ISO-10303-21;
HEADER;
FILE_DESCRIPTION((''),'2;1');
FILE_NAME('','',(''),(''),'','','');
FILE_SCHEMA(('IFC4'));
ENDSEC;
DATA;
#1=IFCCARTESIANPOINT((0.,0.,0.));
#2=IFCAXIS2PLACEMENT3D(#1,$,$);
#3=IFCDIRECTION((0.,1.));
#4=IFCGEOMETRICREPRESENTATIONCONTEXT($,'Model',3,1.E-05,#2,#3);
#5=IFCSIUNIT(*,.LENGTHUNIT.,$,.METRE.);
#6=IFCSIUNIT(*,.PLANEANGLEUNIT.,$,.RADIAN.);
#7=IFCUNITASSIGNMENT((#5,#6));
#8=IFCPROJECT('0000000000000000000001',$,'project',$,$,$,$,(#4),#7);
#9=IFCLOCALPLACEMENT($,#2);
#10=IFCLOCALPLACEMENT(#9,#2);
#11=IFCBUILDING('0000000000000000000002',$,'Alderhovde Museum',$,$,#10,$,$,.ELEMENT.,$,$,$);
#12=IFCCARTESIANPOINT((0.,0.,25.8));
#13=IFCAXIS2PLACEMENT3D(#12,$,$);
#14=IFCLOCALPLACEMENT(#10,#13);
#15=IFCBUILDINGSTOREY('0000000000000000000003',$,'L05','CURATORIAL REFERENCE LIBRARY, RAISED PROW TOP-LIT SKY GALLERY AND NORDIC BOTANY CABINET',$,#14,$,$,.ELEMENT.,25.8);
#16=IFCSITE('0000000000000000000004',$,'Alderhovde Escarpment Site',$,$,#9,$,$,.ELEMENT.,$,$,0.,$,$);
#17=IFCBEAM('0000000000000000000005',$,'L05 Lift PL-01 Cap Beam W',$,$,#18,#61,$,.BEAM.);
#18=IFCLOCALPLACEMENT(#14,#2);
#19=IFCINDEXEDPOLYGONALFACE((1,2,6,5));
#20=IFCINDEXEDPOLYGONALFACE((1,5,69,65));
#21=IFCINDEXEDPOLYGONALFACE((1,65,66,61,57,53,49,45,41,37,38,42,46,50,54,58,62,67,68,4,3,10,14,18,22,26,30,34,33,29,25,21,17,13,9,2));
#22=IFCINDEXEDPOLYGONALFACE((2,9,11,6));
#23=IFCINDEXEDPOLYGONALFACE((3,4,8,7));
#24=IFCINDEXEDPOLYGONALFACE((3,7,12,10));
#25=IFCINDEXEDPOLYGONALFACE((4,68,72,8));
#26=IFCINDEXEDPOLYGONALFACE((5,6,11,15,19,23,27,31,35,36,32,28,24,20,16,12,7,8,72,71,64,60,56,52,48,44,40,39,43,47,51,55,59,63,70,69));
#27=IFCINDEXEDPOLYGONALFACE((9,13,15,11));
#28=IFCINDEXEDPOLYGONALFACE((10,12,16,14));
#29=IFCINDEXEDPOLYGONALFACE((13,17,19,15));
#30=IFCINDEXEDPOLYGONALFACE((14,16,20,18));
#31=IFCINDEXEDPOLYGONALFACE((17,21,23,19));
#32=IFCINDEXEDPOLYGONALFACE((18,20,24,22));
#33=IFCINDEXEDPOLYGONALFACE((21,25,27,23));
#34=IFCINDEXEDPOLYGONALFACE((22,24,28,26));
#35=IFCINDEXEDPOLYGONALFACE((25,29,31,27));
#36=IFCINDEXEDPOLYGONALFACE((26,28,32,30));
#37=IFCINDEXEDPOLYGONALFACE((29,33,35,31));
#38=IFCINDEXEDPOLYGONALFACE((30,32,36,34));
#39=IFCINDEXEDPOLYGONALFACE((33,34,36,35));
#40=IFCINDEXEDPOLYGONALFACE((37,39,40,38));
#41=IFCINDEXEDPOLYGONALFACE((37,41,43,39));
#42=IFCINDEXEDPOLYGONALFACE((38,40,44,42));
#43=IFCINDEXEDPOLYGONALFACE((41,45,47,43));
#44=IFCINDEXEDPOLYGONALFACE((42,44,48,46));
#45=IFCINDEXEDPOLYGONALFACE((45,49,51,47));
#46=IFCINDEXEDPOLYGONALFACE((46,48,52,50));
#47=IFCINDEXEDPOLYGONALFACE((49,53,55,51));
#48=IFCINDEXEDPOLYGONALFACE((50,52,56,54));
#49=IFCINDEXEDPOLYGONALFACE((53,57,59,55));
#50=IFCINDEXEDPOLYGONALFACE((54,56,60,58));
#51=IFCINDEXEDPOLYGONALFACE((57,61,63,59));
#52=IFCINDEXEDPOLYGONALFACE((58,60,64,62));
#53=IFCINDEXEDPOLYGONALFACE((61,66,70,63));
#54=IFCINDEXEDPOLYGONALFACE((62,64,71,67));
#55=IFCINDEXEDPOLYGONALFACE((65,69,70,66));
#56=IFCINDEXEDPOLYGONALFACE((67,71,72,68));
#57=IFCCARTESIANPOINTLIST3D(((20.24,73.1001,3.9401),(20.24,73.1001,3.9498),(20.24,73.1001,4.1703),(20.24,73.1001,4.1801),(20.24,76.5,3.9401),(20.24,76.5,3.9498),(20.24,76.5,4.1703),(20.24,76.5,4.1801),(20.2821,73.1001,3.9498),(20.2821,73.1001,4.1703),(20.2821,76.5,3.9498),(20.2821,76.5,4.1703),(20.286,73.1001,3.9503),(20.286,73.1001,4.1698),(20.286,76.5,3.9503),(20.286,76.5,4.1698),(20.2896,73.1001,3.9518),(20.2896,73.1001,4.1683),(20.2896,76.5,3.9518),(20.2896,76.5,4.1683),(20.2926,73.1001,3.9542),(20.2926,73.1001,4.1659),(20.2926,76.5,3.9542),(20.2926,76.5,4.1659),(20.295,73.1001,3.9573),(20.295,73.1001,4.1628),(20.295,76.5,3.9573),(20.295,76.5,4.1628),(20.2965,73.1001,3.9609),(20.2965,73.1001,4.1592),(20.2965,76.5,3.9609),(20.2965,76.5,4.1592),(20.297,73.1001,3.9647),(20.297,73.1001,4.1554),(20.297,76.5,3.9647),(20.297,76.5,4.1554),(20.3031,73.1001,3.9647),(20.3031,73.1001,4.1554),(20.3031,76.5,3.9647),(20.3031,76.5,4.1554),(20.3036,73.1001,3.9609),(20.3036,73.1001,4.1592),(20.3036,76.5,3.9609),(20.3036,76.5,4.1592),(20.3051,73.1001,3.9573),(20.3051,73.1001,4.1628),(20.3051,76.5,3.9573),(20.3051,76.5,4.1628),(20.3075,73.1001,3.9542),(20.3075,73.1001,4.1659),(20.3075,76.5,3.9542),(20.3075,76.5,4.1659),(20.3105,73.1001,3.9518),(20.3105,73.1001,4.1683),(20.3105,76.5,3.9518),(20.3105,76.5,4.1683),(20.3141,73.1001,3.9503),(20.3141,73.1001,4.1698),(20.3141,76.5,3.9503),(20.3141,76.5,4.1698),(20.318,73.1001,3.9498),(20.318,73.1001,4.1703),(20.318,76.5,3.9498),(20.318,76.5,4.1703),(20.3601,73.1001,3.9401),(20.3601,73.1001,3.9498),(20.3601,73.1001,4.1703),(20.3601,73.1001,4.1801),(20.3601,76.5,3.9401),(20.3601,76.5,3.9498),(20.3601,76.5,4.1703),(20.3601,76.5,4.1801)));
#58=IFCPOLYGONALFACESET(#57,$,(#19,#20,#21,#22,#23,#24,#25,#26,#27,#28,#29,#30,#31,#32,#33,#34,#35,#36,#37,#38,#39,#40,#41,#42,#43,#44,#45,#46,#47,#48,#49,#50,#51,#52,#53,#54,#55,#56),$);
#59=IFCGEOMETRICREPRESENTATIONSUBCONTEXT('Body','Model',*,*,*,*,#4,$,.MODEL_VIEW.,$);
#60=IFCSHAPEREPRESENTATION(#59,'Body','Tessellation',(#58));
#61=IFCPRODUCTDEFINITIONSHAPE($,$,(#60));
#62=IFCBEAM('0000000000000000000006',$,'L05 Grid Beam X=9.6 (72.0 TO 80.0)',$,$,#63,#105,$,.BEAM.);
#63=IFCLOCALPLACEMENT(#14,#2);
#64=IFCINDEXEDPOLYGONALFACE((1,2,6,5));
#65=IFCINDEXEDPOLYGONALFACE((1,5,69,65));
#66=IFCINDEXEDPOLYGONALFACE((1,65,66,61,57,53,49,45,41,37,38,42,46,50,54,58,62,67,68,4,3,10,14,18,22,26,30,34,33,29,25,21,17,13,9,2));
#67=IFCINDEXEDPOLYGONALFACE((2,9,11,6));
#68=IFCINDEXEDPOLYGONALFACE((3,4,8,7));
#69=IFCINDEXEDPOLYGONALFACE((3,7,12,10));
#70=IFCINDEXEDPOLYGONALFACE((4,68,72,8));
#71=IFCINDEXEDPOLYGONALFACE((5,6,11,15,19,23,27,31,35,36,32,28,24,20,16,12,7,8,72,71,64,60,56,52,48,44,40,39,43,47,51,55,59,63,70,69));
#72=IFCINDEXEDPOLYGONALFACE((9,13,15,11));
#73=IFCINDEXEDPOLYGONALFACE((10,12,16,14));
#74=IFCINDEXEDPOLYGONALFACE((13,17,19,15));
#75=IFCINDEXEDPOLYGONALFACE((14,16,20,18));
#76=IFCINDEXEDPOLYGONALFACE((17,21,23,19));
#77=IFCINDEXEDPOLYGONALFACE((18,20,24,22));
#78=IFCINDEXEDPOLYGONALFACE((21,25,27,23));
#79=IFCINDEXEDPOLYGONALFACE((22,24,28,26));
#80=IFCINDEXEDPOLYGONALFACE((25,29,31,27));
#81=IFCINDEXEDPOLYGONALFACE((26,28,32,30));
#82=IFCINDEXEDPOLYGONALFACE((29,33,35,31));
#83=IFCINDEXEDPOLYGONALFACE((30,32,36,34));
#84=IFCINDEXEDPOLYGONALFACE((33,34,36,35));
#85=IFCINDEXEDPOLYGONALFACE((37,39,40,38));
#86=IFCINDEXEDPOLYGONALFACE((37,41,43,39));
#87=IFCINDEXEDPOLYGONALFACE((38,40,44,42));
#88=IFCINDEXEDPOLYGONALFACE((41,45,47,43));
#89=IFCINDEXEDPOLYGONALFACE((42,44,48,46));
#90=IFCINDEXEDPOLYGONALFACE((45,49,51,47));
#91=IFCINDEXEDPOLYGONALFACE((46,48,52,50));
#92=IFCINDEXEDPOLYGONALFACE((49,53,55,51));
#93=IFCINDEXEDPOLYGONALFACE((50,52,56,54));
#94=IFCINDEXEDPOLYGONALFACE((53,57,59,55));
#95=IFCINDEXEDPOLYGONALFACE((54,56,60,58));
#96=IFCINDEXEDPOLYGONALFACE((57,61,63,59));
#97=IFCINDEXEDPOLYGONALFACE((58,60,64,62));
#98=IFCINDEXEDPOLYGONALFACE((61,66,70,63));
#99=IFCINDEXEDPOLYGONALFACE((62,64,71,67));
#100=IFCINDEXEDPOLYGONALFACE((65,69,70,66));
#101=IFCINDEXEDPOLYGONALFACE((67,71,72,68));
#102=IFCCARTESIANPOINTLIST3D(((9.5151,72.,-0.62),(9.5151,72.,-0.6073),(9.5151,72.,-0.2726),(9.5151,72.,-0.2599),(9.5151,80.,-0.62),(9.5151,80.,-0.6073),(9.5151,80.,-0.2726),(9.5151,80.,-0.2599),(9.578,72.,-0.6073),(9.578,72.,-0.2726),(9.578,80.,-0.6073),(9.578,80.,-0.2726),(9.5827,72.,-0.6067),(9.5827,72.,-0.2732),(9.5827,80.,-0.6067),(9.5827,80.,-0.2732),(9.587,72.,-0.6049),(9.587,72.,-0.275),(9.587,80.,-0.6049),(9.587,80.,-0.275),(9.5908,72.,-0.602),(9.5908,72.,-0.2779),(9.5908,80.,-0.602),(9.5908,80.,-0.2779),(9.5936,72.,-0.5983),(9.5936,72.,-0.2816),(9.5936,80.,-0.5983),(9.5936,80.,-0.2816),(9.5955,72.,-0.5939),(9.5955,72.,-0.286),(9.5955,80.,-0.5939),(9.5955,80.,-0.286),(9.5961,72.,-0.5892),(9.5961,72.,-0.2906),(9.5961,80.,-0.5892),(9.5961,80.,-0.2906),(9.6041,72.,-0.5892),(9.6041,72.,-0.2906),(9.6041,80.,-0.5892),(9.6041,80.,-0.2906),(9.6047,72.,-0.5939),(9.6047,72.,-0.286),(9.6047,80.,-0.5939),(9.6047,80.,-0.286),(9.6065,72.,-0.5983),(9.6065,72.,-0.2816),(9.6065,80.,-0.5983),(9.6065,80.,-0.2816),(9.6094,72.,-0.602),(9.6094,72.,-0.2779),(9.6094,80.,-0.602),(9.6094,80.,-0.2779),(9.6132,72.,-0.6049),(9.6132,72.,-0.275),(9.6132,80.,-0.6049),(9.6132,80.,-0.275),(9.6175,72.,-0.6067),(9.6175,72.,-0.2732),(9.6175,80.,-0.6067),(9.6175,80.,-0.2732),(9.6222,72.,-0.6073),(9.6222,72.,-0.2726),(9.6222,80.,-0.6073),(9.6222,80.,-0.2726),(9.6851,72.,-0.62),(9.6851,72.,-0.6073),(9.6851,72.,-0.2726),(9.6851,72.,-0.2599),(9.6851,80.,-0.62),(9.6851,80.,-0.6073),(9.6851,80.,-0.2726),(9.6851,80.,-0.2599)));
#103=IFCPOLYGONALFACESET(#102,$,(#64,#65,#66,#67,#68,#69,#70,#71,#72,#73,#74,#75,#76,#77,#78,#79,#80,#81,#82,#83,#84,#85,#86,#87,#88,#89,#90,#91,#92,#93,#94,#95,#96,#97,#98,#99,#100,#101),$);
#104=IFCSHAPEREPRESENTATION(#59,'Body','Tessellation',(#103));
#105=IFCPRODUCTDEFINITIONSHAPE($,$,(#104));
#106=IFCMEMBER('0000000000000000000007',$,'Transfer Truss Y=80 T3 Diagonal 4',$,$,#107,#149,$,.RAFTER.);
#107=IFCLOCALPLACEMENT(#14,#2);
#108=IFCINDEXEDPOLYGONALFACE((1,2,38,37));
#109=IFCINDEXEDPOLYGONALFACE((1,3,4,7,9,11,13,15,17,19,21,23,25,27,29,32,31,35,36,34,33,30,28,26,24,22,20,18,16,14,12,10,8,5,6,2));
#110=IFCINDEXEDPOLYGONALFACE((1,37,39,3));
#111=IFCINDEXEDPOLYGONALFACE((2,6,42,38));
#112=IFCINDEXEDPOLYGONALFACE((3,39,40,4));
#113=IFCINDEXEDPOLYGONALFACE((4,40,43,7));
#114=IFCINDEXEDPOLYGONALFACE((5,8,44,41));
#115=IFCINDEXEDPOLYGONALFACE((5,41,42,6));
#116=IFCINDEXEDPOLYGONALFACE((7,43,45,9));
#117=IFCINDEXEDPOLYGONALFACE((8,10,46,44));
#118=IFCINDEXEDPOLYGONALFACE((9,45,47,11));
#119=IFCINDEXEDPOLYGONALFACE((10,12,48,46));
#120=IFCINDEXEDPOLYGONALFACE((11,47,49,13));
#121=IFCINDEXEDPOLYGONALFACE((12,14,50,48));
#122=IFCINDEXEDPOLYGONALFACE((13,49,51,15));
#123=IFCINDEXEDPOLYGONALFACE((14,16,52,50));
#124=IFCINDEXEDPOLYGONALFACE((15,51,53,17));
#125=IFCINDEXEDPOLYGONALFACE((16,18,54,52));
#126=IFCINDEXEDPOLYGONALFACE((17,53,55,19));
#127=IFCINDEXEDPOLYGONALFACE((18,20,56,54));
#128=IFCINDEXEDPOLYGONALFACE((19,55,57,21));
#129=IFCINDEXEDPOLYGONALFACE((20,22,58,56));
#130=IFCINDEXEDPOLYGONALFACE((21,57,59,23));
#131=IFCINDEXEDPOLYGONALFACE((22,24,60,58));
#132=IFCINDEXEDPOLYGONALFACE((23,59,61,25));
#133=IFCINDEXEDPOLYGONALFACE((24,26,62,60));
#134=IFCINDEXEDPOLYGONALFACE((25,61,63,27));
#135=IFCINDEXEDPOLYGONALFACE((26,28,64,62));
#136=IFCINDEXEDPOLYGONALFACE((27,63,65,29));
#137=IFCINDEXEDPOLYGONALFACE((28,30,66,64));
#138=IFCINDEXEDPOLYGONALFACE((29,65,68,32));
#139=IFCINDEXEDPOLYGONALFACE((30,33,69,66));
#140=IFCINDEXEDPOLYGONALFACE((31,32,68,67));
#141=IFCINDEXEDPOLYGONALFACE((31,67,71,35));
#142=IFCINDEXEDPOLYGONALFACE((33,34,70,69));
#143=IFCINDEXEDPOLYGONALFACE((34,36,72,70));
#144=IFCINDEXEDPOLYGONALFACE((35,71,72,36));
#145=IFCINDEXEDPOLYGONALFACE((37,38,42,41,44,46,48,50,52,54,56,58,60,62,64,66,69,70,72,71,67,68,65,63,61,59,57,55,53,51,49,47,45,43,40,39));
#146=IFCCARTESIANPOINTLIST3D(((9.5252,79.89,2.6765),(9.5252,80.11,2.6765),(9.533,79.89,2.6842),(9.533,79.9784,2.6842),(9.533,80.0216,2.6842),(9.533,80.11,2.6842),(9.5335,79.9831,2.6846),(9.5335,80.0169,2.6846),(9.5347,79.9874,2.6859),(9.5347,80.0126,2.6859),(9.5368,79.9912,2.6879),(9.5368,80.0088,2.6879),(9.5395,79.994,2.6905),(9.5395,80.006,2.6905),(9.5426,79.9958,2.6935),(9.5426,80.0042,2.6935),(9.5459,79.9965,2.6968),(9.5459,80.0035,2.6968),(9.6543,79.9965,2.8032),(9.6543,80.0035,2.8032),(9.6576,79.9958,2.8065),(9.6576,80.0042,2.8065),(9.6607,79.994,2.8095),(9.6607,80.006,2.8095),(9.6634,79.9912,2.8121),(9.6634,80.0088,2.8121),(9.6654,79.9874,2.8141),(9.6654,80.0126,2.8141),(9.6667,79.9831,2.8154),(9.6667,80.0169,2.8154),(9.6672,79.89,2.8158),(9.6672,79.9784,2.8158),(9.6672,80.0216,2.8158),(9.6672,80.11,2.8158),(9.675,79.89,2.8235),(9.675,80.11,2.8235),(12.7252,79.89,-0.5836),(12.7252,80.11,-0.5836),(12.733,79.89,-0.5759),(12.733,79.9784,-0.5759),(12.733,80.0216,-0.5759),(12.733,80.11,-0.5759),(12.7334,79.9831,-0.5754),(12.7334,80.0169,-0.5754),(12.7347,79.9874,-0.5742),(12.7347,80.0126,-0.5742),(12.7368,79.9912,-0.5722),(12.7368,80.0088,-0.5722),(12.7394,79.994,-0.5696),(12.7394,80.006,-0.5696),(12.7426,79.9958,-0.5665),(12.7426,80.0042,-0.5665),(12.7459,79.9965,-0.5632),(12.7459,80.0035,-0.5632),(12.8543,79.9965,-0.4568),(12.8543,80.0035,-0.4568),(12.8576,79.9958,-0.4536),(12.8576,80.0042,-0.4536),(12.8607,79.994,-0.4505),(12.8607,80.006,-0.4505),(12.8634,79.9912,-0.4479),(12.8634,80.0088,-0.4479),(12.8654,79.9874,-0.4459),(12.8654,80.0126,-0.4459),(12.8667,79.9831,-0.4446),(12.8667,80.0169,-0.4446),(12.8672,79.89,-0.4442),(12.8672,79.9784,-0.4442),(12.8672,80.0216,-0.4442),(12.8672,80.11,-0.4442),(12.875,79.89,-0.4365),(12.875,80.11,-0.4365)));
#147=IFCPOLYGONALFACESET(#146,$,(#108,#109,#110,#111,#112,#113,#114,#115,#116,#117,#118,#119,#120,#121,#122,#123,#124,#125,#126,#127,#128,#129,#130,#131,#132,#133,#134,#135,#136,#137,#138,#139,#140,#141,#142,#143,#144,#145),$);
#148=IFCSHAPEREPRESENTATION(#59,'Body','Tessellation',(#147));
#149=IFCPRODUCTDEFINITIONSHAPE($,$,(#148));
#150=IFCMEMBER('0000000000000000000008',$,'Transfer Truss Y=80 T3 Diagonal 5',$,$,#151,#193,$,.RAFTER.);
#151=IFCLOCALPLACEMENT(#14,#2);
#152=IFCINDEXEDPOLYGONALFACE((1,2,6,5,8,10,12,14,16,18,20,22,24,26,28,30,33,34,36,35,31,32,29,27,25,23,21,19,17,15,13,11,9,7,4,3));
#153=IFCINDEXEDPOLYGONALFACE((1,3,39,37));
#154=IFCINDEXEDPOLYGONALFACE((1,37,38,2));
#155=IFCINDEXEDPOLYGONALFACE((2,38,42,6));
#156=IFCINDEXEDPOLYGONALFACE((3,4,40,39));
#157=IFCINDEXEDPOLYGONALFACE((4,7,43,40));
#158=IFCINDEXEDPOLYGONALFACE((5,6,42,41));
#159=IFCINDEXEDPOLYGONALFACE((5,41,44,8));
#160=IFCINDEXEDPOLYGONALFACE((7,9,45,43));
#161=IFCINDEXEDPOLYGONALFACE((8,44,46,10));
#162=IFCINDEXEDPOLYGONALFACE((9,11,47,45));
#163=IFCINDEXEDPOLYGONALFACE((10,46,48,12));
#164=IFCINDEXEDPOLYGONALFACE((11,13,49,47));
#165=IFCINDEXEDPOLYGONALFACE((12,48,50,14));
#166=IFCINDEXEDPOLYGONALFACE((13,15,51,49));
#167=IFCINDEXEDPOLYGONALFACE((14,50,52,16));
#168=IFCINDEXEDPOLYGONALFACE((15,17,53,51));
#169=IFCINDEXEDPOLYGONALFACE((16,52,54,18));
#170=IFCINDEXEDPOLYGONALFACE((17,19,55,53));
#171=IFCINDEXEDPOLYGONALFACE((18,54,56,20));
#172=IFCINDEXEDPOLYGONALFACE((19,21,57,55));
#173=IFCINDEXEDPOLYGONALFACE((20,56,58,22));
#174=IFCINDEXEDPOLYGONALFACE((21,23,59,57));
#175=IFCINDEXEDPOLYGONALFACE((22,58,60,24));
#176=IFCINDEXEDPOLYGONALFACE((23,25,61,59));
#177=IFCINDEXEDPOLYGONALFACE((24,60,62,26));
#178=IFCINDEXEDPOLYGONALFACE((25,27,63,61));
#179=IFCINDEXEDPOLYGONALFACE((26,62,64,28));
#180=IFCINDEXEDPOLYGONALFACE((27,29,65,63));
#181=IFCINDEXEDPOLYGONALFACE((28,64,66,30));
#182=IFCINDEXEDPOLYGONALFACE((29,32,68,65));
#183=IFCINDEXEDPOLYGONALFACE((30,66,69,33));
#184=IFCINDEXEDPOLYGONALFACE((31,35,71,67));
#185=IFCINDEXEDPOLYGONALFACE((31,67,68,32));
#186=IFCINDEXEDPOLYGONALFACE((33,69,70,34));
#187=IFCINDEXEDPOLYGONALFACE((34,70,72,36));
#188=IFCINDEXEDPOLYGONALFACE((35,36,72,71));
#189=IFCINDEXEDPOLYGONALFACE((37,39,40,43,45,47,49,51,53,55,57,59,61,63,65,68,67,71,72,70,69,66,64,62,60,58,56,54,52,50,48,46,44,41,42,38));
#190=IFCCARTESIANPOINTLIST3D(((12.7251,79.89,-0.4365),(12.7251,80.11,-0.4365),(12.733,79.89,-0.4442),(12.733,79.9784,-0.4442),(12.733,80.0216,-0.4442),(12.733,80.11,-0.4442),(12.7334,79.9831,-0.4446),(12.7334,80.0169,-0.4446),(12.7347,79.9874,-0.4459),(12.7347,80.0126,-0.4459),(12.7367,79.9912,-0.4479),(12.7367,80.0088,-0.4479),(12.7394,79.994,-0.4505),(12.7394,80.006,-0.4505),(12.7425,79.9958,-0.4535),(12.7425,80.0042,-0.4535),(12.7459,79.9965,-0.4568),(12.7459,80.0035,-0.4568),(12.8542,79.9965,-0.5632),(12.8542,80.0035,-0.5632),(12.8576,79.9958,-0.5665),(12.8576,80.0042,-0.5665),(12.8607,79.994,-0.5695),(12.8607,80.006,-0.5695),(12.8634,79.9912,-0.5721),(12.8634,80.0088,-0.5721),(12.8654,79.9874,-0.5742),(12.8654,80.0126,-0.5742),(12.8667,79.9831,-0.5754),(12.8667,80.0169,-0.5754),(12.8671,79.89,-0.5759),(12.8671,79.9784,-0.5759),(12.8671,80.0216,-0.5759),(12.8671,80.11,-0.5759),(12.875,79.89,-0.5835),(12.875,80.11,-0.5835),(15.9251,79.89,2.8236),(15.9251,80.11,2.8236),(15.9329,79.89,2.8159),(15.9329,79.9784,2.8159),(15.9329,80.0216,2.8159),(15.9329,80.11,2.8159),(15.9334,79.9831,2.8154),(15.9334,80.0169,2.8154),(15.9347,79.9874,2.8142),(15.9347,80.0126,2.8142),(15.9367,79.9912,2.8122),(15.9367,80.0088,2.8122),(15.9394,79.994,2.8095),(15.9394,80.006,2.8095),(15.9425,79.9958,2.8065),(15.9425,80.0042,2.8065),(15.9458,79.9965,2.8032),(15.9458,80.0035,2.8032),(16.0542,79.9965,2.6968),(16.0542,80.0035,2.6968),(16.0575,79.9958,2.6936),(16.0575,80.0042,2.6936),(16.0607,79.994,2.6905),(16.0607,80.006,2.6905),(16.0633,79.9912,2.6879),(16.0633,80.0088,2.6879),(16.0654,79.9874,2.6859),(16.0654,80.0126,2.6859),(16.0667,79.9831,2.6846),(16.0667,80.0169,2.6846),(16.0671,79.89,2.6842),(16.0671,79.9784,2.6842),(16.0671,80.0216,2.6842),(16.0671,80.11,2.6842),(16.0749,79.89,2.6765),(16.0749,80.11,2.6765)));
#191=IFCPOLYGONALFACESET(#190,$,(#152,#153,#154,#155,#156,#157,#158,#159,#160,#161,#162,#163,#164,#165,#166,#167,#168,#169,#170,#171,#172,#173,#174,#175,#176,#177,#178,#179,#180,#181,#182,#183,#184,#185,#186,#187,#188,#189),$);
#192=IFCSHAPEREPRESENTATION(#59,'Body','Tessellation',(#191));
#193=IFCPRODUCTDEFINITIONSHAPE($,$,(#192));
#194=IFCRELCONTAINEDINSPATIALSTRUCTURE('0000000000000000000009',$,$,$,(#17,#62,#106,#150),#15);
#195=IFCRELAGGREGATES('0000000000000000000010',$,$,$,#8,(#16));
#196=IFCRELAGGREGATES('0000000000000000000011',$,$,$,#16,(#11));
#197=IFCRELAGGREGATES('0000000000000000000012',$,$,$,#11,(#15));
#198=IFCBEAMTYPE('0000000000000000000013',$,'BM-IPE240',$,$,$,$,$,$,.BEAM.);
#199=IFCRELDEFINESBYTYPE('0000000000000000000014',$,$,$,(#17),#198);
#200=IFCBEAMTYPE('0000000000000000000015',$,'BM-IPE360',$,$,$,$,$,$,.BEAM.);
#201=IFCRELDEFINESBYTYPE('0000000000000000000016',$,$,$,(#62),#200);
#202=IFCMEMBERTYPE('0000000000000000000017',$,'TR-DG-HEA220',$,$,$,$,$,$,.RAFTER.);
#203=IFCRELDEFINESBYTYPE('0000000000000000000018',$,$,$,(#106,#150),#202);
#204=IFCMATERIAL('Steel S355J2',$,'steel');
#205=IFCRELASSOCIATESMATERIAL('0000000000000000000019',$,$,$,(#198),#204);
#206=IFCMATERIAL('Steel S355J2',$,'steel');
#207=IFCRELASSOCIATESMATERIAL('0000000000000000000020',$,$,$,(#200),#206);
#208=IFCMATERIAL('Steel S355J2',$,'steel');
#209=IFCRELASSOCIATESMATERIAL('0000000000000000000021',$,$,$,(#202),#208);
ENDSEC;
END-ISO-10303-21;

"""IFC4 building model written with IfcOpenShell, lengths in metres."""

from ifc_helpers import new_model, si_unit, direction, frame, origin, origin_2d, place, context, subcontext, project, spatial, i_section, extrude, material, material_profile, profile_set, type_object, element, save


model = new_model("IFC4")

# Units and contexts
model_context = context("Model", 3, precision=1e-05, world=origin(), true_north=direction((0.0, 1.0)))
body_context = subcontext(model_context, "Body", "Model", "MODEL_VIEW")
ifc_project = project(units=[si_unit("LENGTHUNIT", "METRE"), si_unit("PLANEANGLEUNIT", "RADIAN")], contexts=[model_context])

# Site, building, storey
site_placement = place(None, origin())
site = spatial("IfcSite", under=ifc_project, at=site_placement, Name="Alderhovde Escarpment Site", CompositionType="ELEMENT", RefElevation=0.0)
building_placement = place(site_placement, origin())
building = spatial("IfcBuilding", under=site, at=building_placement, Name="Alderhovde Museum", CompositionType="ELEMENT")
storey_placement = place(building_placement, frame((0.0, 0.0, 25.8)))
storey = spatial("IfcBuildingStorey", under=building, at=storey_placement, Name="L05", Description="CURATORIAL REFERENCE LIBRARY, RAISED PROW TOP-LIT SKY GALLERY AND NORDIC BOTANY CABINET", CompositionType="ELEMENT", Elevation=25.8)

# Beams
ifc_material_1 = material(Name="Steel S355J2", Category="steel")
ifc_material_profile_1 = material_profile(ifc_material_1, i_section(OverallWidth=0.1201, OverallDepth=0.24, WebThickness=0.0061, FlangeThickness=0.0098, FilletRadius=0.0149, at=origin_2d()), Name="IPE 240")
ifc_profile_set_1 = profile_set([ifc_material_profile_1], Name="Steel S355J2")
beam_type_1 = type_object("IfcBeamType", Name="BM-IPE240", PredefinedType="BEAM", material=ifc_profile_set_1)
beam_1_placement = place(storey_placement, frame((20.3, 73.1001, 4.0601), z_axis=(0.0, 1.0, 0.0), x_axis=(-1.0, 0.0, 0.0)))
element("IfcBeam", 1, at=beam_1_placement, inside=storey, type_object=beam_type_1, Name="L05 Lift PL-01 Cap Beam W", PredefinedType="BEAM", context=body_context, shape_type="SweptSolid", body=[
    extrude(i_section(OverallWidth=0.1201, OverallDepth=0.24, WebThickness=0.0061, FlangeThickness=0.0098, FilletRadius=0.0149, at=origin_2d()), origin(), (0.0, 0.0, 1.0), 3.3999),
])
ifc_material_2 = material(Name="Steel S355J2", Category="steel")
ifc_material_profile_2 = material_profile(ifc_material_2, i_section(OverallWidth=0.1699, OverallDepth=0.3601, WebThickness=0.0081, FlangeThickness=0.0127, FilletRadius=0.0181, at=origin_2d()), Name="IPE 360")
ifc_profile_set_2 = profile_set([ifc_material_profile_2], Name="Steel S355J2")
beam_type_2 = type_object("IfcBeamType", Name="BM-IPE360", PredefinedType="BEAM", material=ifc_profile_set_2)
beam_2_placement = place(storey_placement, frame((9.6001, 72.0, -0.4399), z_axis=(0.0, 1.0, 0.0), x_axis=(-1.0, 0.0, 0.0)))
element("IfcBeam", 2, at=beam_2_placement, inside=storey, type_object=beam_type_2, Name="L05 Grid Beam X=9.6 (72.0 TO 80.0)", PredefinedType="BEAM", context=body_context, shape_type="SweptSolid", body=[
    extrude(i_section(OverallWidth=0.1699, OverallDepth=0.3601, WebThickness=0.0081, FlangeThickness=0.0127, FilletRadius=0.0181, at=origin_2d()), origin(), (0.0, 0.0, 1.0), 8.0),
])

# Members
ifc_material_3 = material(Name="Steel S355J2", Category="steel")
ifc_material_profile_3 = material_profile(ifc_material_3, i_section(OverallWidth=0.22, OverallDepth=0.21, WebThickness=0.0071, FlangeThickness=0.011, FilletRadius=0.0181, at=origin_2d()), Name="HEA 220")
ifc_profile_set_3 = profile_set([ifc_material_profile_3], Name="Steel S355J2")
member_type_1 = type_object("IfcMemberType", Name="TR-DG-HEA220", PredefinedType="RAFTER", material=ifc_profile_set_3)
for number, where, z_axis, x_axis, name in (
    (3, (9.6001, 80.0, 2.75), (0.700502, 0.0, -0.71365), (0.0, 1.0, 0.0), "Transfer Truss Y=80 T3 Diagonal 4"),
    (4, (12.8, 80.0, -0.51), (0.700502, 0.0, 0.71365), (0.0, 1.0, 0.0), "Transfer Truss Y=80 T3 Diagonal 5"),
):
    element("IfcMember", number, at=place(storey_placement, frame(where, z_axis=z_axis, x_axis=x_axis)), inside=storey, type_object=member_type_1, Name=name, PredefinedType="RAFTER", context=body_context, shape_type="SweptSolid", body=[
        extrude(i_section(OverallWidth=0.22, OverallDepth=0.21, WebThickness=0.0071, FlangeThickness=0.011, FilletRadius=0.0181, at=origin_2d()), origin(), (0.0, 0.0, 1.0), 4.5681),
    ])

save(model, "model.ifc")
